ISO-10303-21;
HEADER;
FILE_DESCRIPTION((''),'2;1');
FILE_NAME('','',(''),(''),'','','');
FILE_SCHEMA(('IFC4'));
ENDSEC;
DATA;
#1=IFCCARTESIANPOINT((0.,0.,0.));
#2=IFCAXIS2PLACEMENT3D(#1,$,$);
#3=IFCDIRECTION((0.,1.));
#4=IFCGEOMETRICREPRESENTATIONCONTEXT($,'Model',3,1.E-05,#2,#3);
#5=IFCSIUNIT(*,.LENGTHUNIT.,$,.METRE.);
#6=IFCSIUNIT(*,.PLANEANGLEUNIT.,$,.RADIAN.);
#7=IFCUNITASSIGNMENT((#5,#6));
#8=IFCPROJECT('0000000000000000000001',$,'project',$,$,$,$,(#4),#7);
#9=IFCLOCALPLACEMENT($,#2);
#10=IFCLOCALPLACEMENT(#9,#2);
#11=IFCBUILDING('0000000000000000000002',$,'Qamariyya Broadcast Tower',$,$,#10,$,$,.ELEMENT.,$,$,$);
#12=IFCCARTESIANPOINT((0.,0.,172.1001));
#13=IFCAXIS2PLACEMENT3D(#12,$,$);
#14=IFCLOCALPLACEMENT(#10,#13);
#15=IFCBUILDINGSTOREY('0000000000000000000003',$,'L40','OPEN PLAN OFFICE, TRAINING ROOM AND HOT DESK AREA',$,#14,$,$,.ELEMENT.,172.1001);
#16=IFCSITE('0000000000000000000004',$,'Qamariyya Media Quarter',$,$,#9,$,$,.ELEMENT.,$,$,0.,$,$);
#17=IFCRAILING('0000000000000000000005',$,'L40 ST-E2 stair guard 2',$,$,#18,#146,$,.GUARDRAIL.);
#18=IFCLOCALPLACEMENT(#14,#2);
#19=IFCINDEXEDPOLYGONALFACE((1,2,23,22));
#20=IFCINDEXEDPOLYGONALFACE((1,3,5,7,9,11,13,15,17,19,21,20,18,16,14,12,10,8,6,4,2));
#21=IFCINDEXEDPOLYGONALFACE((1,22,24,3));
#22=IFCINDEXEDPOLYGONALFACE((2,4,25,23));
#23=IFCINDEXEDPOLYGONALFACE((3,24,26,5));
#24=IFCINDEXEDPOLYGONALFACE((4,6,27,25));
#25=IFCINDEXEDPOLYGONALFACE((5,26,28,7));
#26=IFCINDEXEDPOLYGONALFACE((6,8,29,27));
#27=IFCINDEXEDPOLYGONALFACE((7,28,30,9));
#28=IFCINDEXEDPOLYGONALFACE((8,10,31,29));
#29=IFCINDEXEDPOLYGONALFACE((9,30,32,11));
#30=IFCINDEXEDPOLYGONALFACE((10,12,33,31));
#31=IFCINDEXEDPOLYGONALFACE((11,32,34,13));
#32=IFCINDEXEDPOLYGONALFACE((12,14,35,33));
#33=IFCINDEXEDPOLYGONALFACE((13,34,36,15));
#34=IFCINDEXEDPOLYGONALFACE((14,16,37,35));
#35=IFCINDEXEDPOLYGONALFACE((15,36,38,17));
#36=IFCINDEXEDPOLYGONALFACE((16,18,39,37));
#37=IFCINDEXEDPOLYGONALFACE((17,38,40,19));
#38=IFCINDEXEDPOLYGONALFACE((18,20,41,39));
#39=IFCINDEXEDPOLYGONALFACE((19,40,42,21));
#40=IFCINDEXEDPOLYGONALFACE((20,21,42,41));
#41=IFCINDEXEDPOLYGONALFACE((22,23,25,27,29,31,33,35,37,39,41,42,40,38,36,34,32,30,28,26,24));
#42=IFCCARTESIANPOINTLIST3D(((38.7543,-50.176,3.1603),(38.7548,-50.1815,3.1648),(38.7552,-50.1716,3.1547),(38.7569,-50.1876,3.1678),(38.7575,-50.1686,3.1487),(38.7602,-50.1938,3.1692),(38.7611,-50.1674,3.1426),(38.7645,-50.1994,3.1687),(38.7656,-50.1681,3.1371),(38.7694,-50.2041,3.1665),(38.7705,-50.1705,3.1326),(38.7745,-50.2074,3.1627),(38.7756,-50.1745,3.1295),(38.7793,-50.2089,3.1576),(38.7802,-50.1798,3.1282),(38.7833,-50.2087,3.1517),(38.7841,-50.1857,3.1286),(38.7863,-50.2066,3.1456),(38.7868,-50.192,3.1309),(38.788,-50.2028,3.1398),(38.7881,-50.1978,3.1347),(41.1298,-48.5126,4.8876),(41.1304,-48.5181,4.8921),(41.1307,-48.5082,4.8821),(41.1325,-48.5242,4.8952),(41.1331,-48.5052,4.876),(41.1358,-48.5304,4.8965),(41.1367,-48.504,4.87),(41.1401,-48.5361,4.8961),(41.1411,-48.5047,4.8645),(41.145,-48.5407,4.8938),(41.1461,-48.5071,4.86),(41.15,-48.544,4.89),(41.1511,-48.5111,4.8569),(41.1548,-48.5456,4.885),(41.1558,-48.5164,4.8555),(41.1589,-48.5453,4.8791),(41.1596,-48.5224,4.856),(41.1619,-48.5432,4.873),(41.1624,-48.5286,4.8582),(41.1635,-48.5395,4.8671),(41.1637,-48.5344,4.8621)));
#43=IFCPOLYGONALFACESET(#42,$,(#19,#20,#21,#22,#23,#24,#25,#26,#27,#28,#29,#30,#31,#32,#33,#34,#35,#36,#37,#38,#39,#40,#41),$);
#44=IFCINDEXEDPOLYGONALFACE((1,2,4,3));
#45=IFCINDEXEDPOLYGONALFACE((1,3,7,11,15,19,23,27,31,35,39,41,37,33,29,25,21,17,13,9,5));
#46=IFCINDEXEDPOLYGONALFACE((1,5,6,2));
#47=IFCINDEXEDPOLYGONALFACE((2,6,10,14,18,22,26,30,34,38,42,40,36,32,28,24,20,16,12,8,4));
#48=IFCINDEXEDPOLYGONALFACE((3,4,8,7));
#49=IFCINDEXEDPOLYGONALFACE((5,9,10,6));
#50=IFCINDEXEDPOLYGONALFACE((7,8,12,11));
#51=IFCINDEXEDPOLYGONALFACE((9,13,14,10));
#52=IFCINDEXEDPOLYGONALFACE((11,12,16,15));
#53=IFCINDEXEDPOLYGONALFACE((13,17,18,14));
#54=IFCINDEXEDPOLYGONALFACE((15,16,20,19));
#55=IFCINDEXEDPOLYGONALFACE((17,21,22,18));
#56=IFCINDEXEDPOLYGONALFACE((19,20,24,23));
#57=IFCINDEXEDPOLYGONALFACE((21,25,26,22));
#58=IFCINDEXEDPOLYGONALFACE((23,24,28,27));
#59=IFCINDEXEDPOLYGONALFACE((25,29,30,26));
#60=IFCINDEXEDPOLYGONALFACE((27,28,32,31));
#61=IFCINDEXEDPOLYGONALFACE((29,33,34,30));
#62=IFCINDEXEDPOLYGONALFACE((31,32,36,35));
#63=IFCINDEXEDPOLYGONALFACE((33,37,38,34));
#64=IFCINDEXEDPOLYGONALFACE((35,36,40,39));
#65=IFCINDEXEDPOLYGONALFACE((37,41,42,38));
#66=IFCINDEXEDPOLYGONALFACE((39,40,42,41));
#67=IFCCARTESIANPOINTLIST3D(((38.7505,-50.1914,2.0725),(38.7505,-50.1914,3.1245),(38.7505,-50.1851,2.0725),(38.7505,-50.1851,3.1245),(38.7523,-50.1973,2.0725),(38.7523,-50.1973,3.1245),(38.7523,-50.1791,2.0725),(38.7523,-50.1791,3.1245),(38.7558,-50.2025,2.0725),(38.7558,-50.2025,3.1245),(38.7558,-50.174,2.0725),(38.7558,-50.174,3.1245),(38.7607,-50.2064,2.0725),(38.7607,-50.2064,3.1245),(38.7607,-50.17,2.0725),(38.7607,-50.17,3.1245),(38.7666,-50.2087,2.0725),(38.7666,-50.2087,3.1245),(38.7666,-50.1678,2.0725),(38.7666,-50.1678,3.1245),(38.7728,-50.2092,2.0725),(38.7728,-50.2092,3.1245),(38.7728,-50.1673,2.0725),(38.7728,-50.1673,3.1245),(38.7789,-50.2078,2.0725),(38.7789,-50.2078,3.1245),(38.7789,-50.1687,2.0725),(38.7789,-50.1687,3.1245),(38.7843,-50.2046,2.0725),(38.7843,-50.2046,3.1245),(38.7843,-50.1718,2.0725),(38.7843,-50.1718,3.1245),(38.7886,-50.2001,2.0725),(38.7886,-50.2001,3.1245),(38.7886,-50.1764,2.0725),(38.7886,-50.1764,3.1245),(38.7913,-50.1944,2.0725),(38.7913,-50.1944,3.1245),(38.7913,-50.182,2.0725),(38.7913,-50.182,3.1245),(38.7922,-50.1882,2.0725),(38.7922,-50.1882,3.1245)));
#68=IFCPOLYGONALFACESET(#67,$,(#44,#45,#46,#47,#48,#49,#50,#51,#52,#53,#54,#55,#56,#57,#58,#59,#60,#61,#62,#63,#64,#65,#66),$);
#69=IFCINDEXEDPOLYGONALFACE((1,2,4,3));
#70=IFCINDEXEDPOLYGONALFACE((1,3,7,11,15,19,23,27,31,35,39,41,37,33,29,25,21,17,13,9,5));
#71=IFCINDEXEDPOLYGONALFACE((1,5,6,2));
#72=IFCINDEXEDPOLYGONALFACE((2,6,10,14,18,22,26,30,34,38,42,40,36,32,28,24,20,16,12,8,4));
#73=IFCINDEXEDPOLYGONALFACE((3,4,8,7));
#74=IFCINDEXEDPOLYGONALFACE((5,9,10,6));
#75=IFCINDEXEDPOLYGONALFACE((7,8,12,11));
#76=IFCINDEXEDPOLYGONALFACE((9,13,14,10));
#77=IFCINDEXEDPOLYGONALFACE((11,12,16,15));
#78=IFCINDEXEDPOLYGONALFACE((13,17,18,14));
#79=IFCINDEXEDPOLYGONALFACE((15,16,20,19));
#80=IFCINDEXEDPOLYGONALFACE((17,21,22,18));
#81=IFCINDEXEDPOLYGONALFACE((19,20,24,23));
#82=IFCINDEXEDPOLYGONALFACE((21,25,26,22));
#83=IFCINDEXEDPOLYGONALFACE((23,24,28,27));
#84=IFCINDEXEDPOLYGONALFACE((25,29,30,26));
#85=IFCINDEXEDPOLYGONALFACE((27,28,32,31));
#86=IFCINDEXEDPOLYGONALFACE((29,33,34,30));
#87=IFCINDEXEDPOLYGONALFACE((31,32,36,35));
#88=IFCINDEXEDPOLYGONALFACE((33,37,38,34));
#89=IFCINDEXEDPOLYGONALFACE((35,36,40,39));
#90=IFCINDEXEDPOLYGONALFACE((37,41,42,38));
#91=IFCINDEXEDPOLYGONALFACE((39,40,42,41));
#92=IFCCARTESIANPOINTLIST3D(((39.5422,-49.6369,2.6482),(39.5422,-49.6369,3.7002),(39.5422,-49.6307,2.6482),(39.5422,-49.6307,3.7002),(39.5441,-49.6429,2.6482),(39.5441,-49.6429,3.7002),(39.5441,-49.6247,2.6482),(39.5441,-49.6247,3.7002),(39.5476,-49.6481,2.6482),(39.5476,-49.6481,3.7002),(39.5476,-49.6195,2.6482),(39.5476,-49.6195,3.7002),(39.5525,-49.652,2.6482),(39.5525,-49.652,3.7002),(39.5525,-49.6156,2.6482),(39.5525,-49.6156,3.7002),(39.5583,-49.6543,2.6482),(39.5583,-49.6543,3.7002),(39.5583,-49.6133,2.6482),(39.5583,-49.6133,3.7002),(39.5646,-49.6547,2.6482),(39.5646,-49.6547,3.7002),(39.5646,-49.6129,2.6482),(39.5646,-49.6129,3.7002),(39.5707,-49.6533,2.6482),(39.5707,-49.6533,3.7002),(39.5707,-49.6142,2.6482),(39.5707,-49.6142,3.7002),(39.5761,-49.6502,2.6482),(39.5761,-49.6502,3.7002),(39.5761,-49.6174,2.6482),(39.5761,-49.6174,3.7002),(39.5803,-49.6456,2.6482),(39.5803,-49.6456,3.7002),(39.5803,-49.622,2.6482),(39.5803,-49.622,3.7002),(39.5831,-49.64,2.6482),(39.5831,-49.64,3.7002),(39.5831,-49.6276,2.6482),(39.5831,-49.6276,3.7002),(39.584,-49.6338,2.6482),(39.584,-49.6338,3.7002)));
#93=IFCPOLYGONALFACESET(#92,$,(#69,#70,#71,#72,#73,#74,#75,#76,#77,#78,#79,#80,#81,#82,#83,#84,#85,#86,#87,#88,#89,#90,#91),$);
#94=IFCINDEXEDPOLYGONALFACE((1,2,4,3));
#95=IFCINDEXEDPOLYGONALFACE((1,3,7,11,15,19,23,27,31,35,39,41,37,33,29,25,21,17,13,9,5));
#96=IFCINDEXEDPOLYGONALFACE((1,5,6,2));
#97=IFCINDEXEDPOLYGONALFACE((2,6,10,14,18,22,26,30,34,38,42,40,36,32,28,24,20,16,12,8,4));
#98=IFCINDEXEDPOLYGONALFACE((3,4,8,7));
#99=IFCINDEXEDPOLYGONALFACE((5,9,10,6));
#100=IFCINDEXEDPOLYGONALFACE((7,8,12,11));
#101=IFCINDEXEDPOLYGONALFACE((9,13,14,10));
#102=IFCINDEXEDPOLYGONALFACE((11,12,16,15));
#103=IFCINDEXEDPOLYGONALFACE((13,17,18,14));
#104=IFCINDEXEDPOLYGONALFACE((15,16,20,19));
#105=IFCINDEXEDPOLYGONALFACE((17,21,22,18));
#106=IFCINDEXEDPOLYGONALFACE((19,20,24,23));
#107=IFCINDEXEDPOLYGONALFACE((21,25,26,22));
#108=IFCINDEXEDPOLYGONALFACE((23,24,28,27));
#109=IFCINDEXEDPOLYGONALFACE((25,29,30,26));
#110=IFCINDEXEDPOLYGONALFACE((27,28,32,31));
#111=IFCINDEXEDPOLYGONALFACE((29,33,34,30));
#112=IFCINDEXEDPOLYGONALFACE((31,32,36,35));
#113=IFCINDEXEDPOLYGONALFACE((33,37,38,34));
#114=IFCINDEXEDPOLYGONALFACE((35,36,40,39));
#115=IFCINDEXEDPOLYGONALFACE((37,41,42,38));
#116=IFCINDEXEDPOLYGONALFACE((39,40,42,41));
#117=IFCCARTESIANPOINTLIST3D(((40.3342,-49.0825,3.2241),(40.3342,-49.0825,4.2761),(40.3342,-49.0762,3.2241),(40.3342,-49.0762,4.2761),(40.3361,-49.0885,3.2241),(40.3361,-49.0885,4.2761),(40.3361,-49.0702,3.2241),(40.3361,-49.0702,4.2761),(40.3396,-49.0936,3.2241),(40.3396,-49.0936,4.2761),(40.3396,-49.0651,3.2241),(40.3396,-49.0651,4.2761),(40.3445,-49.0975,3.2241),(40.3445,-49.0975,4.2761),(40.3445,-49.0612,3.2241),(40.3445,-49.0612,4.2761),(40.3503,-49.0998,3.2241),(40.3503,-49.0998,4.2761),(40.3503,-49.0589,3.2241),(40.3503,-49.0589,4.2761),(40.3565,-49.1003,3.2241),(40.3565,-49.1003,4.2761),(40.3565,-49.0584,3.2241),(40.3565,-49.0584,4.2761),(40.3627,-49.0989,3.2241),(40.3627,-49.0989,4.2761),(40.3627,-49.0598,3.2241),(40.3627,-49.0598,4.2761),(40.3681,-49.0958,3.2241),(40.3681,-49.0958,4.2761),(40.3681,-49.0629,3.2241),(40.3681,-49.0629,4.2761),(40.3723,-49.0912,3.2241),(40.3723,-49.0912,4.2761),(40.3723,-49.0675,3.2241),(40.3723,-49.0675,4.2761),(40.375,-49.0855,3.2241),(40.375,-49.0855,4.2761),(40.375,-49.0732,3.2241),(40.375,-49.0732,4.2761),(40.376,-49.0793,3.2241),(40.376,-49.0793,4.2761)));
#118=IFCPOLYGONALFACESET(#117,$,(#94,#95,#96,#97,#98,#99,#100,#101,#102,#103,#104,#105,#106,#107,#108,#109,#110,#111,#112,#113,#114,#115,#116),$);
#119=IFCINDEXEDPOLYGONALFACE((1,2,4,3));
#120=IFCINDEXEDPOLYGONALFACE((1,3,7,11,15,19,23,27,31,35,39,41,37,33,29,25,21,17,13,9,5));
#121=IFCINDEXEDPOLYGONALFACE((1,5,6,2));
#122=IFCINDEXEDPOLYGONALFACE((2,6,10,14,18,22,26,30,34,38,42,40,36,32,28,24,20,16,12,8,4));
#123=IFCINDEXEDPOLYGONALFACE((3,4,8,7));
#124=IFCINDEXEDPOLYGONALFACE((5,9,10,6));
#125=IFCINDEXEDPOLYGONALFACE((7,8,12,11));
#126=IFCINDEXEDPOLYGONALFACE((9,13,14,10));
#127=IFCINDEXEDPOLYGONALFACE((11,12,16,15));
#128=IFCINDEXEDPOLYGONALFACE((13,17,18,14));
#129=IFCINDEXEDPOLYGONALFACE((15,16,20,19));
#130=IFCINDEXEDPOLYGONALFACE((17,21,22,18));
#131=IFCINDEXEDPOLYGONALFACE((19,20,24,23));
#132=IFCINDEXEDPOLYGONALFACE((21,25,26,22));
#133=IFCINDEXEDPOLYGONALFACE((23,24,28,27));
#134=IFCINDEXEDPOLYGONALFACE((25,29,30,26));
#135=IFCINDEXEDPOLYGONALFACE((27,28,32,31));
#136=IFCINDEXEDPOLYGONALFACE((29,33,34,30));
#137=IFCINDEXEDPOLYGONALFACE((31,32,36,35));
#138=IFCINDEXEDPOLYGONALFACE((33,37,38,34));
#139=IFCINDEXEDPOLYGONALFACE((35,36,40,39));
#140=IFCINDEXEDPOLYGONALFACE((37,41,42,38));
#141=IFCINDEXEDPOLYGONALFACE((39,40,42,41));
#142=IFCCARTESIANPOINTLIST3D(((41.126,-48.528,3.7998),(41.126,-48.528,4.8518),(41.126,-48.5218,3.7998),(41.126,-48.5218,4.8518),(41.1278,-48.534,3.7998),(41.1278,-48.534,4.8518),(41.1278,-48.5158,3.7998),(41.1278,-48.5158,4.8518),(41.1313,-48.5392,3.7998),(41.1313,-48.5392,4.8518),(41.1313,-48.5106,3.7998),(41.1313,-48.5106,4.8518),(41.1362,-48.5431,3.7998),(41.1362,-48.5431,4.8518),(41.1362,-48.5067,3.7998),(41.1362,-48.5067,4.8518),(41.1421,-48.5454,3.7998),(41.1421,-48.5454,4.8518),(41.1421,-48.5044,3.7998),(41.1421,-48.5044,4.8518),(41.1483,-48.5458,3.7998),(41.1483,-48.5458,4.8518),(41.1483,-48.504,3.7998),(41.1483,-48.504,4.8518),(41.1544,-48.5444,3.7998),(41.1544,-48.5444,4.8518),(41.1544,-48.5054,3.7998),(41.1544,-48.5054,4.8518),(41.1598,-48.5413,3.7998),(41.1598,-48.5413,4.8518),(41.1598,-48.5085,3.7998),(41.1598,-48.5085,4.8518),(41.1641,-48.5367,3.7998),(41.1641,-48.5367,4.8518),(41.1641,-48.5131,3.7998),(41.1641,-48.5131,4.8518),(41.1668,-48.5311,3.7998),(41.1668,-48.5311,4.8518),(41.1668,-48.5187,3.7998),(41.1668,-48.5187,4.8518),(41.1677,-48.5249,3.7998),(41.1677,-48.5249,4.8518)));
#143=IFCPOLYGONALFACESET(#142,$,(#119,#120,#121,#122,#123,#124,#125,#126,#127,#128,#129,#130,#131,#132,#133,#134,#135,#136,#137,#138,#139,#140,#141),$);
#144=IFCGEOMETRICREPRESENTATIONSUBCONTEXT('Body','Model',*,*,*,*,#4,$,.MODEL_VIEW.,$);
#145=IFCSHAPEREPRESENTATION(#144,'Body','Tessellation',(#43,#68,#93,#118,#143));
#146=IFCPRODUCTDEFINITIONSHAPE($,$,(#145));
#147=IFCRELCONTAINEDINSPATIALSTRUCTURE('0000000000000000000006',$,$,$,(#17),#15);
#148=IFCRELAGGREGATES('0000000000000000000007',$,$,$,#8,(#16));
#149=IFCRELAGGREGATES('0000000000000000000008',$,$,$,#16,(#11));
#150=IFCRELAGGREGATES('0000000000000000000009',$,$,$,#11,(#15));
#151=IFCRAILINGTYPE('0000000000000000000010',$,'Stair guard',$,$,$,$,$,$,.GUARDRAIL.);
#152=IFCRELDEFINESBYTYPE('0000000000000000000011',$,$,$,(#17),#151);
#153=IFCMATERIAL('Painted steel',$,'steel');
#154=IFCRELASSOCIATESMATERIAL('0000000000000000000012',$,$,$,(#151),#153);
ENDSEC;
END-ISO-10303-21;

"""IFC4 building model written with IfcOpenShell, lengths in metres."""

from ifc_helpers import new_model, si_unit, direction, frame, origin, origin_2d, place, context, subcontext, project, spatial, circle, extrude, material, type_object, element, save


model = new_model("IFC4")

# Units and contexts
model_context = context("Model", 3, precision=1e-05, world=origin(), true_north=direction((0.0, 1.0)))
body_context = subcontext(model_context, "Body", "Model", "MODEL_VIEW")
ifc_project = project(units=[si_unit("LENGTHUNIT", "METRE"), si_unit("PLANEANGLEUNIT", "RADIAN")], contexts=[model_context])

# Site, building, storey
site_placement = place(None, origin())
site = spatial("IfcSite", under=ifc_project, at=site_placement, Name="Qamariyya Media Quarter", CompositionType="ELEMENT", RefElevation=0.0)
building_placement = place(site_placement, origin())
building = spatial("IfcBuilding", under=site, at=building_placement, Name="Qamariyya Broadcast Tower", CompositionType="ELEMENT")
storey_placement = place(building_placement, frame((0.0, 0.0, 172.1001)))
storey = spatial("IfcBuildingStorey", under=building, at=storey_placement, Name="L40", Description="OPEN PLAN OFFICE, TRAINING ROOM AND HOT DESK AREA", CompositionType="ELEMENT", Elevation=172.1001)

# Railing
ifc_material_1 = material(Name="Painted steel", Category="steel")
railing_type_1 = type_object("IfcRailingType", Name="Stair guard", PredefinedType="GUARDRAIL", material=ifc_material_1)
railing_1_placement = place(storey_placement, frame((38.7712, -50.1882, 2.0725)))
element("IfcRailing", 1, at=railing_1_placement, inside=storey, type_object=railing_type_1, Name="L40 ST-E2 stair guard 2", PredefinedType="GUARDRAIL", context=body_context, shape_type="SweptSolid", body=[
    extrude(circle(Radius=0.0239, at=origin_2d()), frame((0.0, 0.0, 1.0762), z_axis=(0.70377, 0.492784, 0.511734), x_axis=(-0.573575, 0.819153, 0.0)), (0.0, 0.0, 1.0), 3.3755),
    extrude(circle(Radius=0.021, at=origin_2d()), origin(), (0.0, 0.0, 1.0), 1.052),
    extrude(circle(Radius=0.021, at=origin_2d()), frame((0.7917, 0.5544, 0.5757)), (0.0, 0.0, 1.0), 1.052),
    extrude(circle(Radius=0.021, at=origin_2d()), frame((1.5837, 1.1089, 1.1516)), (0.0, 0.0, 1.0), 1.052),
    extrude(circle(Radius=0.021, at=origin_2d()), frame((2.3755, 1.6633, 1.7273)), (0.0, 0.0, 1.0), 1.052),
])

save(model, "model.ifc")
